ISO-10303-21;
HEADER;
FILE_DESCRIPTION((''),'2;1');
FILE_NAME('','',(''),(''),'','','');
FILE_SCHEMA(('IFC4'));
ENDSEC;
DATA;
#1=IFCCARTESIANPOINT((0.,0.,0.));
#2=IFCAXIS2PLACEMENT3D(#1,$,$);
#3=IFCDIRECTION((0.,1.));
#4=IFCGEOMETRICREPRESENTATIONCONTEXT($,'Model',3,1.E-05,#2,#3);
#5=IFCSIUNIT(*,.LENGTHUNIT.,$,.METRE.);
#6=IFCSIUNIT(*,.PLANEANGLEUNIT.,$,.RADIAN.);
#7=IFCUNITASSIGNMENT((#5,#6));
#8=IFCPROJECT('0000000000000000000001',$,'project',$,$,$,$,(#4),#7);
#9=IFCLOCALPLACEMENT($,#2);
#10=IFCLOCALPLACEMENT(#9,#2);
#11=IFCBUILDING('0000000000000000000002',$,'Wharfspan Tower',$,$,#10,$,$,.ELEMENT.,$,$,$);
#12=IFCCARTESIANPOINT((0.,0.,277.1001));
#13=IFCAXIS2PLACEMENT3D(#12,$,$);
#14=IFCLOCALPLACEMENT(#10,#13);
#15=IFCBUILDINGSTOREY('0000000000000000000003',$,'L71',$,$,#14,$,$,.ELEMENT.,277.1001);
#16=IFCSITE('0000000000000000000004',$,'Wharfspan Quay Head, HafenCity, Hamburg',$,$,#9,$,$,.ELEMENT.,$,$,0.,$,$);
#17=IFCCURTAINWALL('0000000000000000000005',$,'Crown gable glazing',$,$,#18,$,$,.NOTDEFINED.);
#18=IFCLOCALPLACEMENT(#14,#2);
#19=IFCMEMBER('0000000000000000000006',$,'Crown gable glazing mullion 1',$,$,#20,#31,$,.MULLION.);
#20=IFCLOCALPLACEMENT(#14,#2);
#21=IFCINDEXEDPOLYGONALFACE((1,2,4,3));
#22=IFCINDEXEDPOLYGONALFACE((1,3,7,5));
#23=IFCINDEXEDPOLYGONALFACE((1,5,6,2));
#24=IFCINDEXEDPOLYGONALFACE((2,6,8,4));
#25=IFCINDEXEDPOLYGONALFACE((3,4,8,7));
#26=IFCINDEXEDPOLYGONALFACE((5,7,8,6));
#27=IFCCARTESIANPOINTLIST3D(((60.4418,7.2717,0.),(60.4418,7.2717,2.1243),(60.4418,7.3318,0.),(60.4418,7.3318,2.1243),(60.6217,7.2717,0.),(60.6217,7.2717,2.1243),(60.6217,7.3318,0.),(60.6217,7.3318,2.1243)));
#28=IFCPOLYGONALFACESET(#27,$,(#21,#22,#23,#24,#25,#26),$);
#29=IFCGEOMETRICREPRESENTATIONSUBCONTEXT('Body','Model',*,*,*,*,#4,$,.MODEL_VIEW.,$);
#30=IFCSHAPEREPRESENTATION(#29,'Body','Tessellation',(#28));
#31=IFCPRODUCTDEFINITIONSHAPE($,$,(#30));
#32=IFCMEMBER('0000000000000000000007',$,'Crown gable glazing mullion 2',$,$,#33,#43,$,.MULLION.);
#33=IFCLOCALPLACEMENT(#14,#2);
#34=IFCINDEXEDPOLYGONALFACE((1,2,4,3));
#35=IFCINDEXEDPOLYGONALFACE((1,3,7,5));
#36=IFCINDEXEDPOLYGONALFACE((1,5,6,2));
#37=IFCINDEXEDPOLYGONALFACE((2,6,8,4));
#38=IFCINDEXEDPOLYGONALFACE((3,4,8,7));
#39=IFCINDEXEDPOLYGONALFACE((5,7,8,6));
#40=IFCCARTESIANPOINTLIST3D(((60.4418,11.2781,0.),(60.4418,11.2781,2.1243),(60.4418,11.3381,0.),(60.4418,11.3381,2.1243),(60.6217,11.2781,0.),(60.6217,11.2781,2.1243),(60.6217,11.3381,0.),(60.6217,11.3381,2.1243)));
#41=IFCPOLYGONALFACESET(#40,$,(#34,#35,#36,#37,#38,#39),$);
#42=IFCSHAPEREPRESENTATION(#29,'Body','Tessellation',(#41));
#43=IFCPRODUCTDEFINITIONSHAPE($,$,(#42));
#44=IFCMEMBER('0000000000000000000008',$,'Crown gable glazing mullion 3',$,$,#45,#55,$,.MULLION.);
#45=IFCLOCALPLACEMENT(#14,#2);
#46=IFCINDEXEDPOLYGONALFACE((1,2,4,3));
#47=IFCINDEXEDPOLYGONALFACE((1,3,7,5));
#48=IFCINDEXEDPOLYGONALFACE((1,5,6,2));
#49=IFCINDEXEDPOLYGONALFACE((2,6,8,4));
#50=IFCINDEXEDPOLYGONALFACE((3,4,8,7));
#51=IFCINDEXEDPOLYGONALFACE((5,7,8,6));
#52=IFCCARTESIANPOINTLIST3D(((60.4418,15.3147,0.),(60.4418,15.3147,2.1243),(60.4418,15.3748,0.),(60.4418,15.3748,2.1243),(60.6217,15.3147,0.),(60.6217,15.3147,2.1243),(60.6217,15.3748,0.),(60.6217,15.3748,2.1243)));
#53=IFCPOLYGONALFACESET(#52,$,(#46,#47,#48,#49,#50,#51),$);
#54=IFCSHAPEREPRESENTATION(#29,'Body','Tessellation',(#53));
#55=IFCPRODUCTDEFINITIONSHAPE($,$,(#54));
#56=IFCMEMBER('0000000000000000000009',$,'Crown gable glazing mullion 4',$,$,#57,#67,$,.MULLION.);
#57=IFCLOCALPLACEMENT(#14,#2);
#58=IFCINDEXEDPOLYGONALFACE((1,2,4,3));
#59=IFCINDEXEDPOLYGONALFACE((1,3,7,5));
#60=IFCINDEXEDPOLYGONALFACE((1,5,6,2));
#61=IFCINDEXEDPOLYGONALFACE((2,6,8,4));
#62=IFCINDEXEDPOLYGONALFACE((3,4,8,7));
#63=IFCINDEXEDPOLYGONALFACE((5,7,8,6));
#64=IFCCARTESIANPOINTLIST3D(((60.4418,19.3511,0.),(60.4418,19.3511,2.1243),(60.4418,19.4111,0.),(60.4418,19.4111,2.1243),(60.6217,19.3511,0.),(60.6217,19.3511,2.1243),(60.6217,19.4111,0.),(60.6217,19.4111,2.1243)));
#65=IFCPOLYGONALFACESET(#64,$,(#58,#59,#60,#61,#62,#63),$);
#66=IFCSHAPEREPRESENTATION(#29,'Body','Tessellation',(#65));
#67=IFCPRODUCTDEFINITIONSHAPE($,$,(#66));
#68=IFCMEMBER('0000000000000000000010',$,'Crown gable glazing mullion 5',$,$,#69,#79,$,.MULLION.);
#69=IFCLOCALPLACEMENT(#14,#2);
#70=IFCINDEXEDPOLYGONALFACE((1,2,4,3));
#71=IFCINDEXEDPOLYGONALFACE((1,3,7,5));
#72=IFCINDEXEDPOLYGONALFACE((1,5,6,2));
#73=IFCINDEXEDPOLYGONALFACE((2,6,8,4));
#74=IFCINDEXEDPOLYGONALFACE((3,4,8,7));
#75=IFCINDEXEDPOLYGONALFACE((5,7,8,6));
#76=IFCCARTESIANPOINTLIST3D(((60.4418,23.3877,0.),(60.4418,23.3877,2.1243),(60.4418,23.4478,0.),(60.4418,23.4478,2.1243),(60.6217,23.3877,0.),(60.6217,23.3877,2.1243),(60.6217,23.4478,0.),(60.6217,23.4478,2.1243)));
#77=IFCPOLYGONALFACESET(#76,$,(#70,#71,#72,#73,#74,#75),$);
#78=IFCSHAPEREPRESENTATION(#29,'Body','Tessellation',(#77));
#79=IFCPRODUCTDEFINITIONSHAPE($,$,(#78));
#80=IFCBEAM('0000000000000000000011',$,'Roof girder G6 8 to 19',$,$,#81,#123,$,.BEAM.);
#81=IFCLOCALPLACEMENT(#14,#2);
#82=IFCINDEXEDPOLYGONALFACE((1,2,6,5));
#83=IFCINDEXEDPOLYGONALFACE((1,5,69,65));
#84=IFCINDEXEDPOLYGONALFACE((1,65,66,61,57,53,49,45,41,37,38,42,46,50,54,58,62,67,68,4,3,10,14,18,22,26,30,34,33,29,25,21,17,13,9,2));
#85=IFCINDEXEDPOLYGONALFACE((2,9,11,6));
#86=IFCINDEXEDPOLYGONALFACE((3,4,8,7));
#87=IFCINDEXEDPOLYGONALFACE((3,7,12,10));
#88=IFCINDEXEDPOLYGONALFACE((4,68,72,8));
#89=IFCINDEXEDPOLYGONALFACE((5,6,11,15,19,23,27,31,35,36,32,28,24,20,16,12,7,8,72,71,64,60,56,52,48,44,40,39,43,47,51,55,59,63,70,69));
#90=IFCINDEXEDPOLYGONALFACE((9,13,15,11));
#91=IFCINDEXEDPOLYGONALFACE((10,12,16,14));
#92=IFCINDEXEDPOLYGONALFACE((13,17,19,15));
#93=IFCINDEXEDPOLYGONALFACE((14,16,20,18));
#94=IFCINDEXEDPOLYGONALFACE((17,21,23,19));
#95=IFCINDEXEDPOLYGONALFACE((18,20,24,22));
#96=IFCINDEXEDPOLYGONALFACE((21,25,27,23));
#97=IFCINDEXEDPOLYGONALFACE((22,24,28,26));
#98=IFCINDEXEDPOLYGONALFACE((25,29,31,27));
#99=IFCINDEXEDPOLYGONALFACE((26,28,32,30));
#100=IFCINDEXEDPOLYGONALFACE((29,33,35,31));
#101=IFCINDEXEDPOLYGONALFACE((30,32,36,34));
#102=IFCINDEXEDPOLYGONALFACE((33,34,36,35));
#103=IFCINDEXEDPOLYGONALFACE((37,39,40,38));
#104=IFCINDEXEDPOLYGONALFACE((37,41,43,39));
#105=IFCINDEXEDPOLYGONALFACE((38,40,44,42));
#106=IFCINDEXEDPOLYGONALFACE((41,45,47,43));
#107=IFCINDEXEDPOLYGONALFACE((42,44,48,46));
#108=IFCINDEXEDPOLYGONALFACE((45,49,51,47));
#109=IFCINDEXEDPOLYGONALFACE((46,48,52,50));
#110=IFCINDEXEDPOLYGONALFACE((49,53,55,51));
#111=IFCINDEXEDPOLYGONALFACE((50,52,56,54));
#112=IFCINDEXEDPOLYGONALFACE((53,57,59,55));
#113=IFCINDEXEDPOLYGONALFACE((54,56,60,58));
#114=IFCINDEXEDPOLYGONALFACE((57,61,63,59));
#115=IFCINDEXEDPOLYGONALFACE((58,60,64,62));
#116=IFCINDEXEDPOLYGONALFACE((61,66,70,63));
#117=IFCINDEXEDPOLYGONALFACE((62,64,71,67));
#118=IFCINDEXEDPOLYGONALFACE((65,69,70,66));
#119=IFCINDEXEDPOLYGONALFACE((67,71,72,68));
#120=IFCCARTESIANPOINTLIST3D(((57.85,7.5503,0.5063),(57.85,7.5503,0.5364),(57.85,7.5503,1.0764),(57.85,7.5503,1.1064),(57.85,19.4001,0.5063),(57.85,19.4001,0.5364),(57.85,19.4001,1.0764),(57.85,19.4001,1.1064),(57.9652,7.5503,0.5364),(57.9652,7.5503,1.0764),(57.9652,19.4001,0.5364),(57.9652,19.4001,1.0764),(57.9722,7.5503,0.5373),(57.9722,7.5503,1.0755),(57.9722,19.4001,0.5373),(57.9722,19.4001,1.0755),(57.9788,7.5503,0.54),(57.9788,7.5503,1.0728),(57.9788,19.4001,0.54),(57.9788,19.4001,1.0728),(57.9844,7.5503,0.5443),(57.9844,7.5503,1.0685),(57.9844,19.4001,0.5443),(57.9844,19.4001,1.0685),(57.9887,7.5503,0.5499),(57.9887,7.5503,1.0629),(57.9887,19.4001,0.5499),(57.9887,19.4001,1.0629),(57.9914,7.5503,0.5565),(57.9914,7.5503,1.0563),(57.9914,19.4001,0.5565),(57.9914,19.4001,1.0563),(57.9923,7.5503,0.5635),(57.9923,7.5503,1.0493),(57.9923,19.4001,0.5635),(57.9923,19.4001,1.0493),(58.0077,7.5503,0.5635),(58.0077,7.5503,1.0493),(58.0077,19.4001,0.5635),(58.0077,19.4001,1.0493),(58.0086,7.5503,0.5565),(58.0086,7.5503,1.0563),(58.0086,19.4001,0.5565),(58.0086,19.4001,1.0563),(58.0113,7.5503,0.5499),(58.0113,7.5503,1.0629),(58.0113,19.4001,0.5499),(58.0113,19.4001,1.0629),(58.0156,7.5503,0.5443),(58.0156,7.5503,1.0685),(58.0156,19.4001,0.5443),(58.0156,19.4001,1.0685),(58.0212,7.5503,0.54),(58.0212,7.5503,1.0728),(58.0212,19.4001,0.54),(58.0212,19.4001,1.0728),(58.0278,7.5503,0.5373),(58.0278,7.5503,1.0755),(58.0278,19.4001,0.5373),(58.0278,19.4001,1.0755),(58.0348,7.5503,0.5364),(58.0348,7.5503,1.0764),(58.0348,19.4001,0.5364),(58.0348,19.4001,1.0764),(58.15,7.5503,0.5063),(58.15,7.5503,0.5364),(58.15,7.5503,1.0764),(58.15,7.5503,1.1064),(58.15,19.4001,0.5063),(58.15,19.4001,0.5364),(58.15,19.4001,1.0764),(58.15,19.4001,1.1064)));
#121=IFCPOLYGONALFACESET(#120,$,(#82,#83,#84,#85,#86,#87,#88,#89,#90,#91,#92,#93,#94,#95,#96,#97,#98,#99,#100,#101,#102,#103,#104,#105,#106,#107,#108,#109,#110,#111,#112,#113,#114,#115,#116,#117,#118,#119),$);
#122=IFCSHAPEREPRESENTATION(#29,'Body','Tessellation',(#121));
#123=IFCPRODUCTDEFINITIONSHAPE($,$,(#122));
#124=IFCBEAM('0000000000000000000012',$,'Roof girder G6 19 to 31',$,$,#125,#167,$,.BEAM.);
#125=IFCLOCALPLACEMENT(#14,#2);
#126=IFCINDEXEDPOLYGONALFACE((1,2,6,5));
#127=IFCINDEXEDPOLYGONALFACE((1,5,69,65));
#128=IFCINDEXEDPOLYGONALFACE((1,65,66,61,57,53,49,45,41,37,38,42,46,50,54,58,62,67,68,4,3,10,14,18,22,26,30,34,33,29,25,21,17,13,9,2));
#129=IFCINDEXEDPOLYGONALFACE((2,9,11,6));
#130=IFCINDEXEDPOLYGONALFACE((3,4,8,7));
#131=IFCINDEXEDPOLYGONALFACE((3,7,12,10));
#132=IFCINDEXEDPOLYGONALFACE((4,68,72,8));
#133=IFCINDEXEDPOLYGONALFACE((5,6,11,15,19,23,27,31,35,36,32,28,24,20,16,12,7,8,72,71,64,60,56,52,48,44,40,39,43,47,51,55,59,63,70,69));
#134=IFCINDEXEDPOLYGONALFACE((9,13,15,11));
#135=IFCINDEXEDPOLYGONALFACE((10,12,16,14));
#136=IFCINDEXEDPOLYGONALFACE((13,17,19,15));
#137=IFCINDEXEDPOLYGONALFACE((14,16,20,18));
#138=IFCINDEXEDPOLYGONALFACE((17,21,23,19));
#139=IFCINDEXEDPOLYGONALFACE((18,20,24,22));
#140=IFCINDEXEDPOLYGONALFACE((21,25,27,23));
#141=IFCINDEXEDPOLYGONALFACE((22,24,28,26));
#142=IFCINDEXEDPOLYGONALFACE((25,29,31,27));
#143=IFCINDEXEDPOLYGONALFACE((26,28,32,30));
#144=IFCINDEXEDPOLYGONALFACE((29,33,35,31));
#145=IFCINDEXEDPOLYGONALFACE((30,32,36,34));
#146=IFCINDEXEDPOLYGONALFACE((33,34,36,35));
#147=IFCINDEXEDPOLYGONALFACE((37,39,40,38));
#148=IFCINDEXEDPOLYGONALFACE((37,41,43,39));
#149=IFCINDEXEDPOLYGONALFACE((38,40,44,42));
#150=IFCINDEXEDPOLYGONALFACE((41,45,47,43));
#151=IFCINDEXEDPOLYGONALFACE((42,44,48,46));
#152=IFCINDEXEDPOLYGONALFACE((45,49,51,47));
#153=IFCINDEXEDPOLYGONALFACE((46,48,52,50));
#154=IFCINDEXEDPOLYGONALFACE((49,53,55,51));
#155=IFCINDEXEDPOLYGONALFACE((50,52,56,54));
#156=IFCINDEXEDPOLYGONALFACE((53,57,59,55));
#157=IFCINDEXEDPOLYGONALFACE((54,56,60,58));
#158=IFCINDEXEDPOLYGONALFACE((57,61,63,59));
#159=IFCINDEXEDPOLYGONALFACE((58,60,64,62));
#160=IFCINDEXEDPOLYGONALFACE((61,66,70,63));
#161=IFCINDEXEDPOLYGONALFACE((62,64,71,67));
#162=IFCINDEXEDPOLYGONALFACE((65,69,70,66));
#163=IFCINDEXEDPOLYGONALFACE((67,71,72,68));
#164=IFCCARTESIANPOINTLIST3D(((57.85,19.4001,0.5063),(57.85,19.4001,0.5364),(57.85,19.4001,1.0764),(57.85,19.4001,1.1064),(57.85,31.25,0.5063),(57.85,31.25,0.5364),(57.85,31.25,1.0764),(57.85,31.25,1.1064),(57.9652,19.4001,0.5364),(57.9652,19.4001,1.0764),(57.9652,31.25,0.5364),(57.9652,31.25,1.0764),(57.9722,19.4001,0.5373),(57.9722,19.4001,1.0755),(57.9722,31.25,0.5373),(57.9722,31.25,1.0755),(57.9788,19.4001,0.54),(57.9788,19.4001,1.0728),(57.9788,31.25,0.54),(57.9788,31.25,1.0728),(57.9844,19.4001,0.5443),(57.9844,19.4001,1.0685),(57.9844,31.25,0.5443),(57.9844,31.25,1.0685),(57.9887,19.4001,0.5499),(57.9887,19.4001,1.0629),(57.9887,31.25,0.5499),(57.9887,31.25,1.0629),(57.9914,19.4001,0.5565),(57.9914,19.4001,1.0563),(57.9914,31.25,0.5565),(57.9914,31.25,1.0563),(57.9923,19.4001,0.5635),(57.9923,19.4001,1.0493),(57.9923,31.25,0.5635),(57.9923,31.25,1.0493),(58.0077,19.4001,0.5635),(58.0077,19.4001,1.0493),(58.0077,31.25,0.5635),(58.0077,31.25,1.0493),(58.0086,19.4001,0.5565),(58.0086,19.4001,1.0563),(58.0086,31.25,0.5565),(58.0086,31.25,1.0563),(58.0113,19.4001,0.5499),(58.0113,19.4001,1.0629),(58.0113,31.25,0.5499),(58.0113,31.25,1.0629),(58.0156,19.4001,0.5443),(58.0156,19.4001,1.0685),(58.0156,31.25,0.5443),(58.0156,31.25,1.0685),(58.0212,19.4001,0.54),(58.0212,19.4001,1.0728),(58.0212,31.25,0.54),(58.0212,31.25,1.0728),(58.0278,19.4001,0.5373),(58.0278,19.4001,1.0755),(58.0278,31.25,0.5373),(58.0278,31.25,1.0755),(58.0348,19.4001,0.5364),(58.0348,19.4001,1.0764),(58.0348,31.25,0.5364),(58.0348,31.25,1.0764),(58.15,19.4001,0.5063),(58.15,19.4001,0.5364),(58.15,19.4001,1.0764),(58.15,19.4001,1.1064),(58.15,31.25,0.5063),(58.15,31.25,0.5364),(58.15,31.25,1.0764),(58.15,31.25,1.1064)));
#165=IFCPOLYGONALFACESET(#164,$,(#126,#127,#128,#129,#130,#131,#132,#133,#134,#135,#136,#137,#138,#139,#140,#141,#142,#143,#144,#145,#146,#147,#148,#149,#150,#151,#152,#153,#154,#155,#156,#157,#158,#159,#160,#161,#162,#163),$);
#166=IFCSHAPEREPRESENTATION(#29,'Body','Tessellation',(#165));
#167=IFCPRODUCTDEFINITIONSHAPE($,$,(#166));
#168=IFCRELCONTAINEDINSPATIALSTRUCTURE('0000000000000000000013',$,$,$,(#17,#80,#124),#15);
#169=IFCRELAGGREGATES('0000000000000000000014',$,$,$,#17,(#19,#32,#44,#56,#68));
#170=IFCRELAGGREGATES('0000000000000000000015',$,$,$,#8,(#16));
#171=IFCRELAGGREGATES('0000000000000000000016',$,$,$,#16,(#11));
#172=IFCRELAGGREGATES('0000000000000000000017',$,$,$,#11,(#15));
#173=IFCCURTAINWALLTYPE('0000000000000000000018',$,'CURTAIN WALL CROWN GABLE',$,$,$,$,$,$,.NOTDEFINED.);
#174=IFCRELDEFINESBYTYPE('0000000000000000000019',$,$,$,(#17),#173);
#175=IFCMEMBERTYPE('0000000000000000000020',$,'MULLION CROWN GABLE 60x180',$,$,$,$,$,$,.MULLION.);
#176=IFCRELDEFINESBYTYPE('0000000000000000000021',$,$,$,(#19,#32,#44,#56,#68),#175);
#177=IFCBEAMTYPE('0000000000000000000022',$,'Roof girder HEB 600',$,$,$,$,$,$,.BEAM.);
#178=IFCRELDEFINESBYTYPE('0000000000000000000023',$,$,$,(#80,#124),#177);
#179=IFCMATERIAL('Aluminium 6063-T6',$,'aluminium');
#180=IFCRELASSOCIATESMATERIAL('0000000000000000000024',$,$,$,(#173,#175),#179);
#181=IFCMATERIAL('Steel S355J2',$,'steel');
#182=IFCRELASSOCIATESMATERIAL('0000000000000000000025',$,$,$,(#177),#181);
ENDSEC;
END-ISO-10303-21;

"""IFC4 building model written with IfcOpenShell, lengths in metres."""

from ifc_helpers import new_model, si_unit, direction, frame, origin, origin_2d, place, context, subcontext, project, spatial, rectangle, i_section, extrude, material, material_profile, profile_set, type_object, element, aggregate, save


model = new_model("IFC4")

# Units and contexts
model_context = context("Model", 3, precision=1e-05, world=origin(), true_north=direction((0.0, 1.0)))
body_context = subcontext(model_context, "Body", "Model", "MODEL_VIEW")
ifc_project = project(units=[si_unit("LENGTHUNIT", "METRE"), si_unit("PLANEANGLEUNIT", "RADIAN")], contexts=[model_context])

# Site, building, storey
site_placement = place(None, origin())
site = spatial("IfcSite", under=ifc_project, at=site_placement, Name="Wharfspan Quay Head, HafenCity, Hamburg", CompositionType="ELEMENT", RefElevation=0.0)
building_placement = place(site_placement, origin())
building = spatial("IfcBuilding", under=site, at=building_placement, Name="Wharfspan Tower", CompositionType="ELEMENT")
storey_placement = place(building_placement, frame((0.0, 0.0, 277.1001)))
storey = spatial("IfcBuildingStorey", under=building, at=storey_placement, Name="L71", CompositionType="ELEMENT", Elevation=277.1001)

# Curtain wall, members
ifc_material_1 = material(Name="Aluminium 6063-T6", Category="aluminium")
curtain_wall_type = type_object("IfcCurtainWallType", Name="CURTAIN WALL CROWN GABLE", PredefinedType="NOTDEFINED", material=ifc_material_1)
curtain_wall_placement = place(storey_placement, origin())
curtain_wall = element("IfcCurtainWall", 1, at=curtain_wall_placement, inside=storey, type_object=curtain_wall_type, Name="Crown gable glazing", PredefinedType="NOTDEFINED")
ifc_material_profile_1 = material_profile(ifc_material_1, rectangle(XDim=0.1799, YDim=0.0601, at=origin_2d()))
ifc_profile_set_1 = profile_set([ifc_material_profile_1], Name="Aluminium 6063-T6")
member_type_1 = type_object("IfcMemberType", Name="MULLION CROWN GABLE 60x180", PredefinedType="MULLION", material=ifc_profile_set_1)
member_1_placement = place(storey_placement, frame((60.5317, 7.3018, 0.0), z_axis=(0.0, 0.0, 1.0), x_axis=(-1.0, 0.0, 0.0)))
member_1 = element("IfcMember", 2, at=member_1_placement, type_object=member_type_1, Name="Crown gable glazing mullion 1", PredefinedType="MULLION", context=body_context, shape_type="SweptSolid", body=[
    extrude(rectangle(XDim=0.1799, YDim=0.0601, at=origin_2d()), origin(), (0.0, 0.0, 1.0), 2.1243),
])
member_2_placement = place(storey_placement, frame((60.5317, 11.3081, 0.0), z_axis=(0.0, 0.0, 1.0), x_axis=(-1.0, 0.0, 0.0)))
member_2 = element("IfcMember", 3, at=member_2_placement, type_object=member_type_1, Name="Crown gable glazing mullion 2", PredefinedType="MULLION", context=body_context, shape_type="SweptSolid", body=[
    extrude(rectangle(XDim=0.1799, YDim=0.0601, at=origin_2d()), origin(), (0.0, 0.0, 1.0), 2.1243),
])
member_3_placement = place(storey_placement, frame((60.5317, 15.3447, 0.0), z_axis=(0.0, 0.0, 1.0), x_axis=(-1.0, 0.0, 0.0)))
member_3 = element("IfcMember", 4, at=member_3_placement, type_object=member_type_1, Name="Crown gable glazing mullion 3", PredefinedType="MULLION", context=body_context, shape_type="SweptSolid", body=[
    extrude(rectangle(XDim=0.1799, YDim=0.0601, at=origin_2d()), origin(), (0.0, 0.0, 1.0), 2.1243),
])
member_4_placement = place(storey_placement, frame((60.5317, 19.3811, 0.0), z_axis=(0.0, 0.0, 1.0), x_axis=(-1.0, 0.0, 0.0)))
member_4 = element("IfcMember", 5, at=member_4_placement, type_object=member_type_1, Name="Crown gable glazing mullion 4", PredefinedType="MULLION", context=body_context, shape_type="SweptSolid", body=[
    extrude(rectangle(XDim=0.1799, YDim=0.0601, at=origin_2d()), origin(), (0.0, 0.0, 1.0), 2.1243),
])
member_5_placement = place(storey_placement, frame((60.5317, 23.4177, 0.0), z_axis=(0.0, 0.0, 1.0), x_axis=(-1.0, 0.0, 0.0)))
member_5 = element("IfcMember", 6, at=member_5_placement, type_object=member_type_1, Name="Crown gable glazing mullion 5", PredefinedType="MULLION", context=body_context, shape_type="SweptSolid", body=[
    extrude(rectangle(XDim=0.1799, YDim=0.0601, at=origin_2d()), origin(), (0.0, 0.0, 1.0), 2.1243),
])
aggregate(curtain_wall, [member_1, member_2, member_3, member_4, member_5])

# Beams
ifc_material_2 = material(Name="Steel S355J2", Category="steel")
ifc_material_profile_2 = material_profile(ifc_material_2, i_section(OverallWidth=0.3, OverallDepth=0.6001, WebThickness=0.0154, FlangeThickness=0.03, FilletRadius=0.0271, at=origin_2d()))
ifc_profile_set_2 = profile_set([ifc_material_profile_2], Name="Steel S355J2")
beam_type = type_object("IfcBeamType", Name="Roof girder HEB 600", PredefinedType="BEAM", material=ifc_profile_set_2)
for number, where, z_axis, x_axis, name in (
    (7, (58.0, 7.5503, 0.8064), (0.0, 1.0, 0.0), (-1.0, 0.0, 0.0), "Roof girder G6 8 to 19"),
    (8, (58.0, 19.4001, 0.8064), (0.0, 1.0, 0.0), (-1.0, 0.0, 0.0), "Roof girder G6 19 to 31"),
):
    element("IfcBeam", number, at=place(storey_placement, frame(where, z_axis=z_axis, x_axis=x_axis)), inside=storey, type_object=beam_type, Name=name, PredefinedType="BEAM", context=body_context, shape_type="SweptSolid", body=[
        extrude(i_section(OverallWidth=0.3, OverallDepth=0.6001, WebThickness=0.0154, FlangeThickness=0.03, FilletRadius=0.0271, at=origin_2d()), origin(), (0.0, 0.0, 1.0), 11.8499),
    ])

save(model, "model.ifc")
